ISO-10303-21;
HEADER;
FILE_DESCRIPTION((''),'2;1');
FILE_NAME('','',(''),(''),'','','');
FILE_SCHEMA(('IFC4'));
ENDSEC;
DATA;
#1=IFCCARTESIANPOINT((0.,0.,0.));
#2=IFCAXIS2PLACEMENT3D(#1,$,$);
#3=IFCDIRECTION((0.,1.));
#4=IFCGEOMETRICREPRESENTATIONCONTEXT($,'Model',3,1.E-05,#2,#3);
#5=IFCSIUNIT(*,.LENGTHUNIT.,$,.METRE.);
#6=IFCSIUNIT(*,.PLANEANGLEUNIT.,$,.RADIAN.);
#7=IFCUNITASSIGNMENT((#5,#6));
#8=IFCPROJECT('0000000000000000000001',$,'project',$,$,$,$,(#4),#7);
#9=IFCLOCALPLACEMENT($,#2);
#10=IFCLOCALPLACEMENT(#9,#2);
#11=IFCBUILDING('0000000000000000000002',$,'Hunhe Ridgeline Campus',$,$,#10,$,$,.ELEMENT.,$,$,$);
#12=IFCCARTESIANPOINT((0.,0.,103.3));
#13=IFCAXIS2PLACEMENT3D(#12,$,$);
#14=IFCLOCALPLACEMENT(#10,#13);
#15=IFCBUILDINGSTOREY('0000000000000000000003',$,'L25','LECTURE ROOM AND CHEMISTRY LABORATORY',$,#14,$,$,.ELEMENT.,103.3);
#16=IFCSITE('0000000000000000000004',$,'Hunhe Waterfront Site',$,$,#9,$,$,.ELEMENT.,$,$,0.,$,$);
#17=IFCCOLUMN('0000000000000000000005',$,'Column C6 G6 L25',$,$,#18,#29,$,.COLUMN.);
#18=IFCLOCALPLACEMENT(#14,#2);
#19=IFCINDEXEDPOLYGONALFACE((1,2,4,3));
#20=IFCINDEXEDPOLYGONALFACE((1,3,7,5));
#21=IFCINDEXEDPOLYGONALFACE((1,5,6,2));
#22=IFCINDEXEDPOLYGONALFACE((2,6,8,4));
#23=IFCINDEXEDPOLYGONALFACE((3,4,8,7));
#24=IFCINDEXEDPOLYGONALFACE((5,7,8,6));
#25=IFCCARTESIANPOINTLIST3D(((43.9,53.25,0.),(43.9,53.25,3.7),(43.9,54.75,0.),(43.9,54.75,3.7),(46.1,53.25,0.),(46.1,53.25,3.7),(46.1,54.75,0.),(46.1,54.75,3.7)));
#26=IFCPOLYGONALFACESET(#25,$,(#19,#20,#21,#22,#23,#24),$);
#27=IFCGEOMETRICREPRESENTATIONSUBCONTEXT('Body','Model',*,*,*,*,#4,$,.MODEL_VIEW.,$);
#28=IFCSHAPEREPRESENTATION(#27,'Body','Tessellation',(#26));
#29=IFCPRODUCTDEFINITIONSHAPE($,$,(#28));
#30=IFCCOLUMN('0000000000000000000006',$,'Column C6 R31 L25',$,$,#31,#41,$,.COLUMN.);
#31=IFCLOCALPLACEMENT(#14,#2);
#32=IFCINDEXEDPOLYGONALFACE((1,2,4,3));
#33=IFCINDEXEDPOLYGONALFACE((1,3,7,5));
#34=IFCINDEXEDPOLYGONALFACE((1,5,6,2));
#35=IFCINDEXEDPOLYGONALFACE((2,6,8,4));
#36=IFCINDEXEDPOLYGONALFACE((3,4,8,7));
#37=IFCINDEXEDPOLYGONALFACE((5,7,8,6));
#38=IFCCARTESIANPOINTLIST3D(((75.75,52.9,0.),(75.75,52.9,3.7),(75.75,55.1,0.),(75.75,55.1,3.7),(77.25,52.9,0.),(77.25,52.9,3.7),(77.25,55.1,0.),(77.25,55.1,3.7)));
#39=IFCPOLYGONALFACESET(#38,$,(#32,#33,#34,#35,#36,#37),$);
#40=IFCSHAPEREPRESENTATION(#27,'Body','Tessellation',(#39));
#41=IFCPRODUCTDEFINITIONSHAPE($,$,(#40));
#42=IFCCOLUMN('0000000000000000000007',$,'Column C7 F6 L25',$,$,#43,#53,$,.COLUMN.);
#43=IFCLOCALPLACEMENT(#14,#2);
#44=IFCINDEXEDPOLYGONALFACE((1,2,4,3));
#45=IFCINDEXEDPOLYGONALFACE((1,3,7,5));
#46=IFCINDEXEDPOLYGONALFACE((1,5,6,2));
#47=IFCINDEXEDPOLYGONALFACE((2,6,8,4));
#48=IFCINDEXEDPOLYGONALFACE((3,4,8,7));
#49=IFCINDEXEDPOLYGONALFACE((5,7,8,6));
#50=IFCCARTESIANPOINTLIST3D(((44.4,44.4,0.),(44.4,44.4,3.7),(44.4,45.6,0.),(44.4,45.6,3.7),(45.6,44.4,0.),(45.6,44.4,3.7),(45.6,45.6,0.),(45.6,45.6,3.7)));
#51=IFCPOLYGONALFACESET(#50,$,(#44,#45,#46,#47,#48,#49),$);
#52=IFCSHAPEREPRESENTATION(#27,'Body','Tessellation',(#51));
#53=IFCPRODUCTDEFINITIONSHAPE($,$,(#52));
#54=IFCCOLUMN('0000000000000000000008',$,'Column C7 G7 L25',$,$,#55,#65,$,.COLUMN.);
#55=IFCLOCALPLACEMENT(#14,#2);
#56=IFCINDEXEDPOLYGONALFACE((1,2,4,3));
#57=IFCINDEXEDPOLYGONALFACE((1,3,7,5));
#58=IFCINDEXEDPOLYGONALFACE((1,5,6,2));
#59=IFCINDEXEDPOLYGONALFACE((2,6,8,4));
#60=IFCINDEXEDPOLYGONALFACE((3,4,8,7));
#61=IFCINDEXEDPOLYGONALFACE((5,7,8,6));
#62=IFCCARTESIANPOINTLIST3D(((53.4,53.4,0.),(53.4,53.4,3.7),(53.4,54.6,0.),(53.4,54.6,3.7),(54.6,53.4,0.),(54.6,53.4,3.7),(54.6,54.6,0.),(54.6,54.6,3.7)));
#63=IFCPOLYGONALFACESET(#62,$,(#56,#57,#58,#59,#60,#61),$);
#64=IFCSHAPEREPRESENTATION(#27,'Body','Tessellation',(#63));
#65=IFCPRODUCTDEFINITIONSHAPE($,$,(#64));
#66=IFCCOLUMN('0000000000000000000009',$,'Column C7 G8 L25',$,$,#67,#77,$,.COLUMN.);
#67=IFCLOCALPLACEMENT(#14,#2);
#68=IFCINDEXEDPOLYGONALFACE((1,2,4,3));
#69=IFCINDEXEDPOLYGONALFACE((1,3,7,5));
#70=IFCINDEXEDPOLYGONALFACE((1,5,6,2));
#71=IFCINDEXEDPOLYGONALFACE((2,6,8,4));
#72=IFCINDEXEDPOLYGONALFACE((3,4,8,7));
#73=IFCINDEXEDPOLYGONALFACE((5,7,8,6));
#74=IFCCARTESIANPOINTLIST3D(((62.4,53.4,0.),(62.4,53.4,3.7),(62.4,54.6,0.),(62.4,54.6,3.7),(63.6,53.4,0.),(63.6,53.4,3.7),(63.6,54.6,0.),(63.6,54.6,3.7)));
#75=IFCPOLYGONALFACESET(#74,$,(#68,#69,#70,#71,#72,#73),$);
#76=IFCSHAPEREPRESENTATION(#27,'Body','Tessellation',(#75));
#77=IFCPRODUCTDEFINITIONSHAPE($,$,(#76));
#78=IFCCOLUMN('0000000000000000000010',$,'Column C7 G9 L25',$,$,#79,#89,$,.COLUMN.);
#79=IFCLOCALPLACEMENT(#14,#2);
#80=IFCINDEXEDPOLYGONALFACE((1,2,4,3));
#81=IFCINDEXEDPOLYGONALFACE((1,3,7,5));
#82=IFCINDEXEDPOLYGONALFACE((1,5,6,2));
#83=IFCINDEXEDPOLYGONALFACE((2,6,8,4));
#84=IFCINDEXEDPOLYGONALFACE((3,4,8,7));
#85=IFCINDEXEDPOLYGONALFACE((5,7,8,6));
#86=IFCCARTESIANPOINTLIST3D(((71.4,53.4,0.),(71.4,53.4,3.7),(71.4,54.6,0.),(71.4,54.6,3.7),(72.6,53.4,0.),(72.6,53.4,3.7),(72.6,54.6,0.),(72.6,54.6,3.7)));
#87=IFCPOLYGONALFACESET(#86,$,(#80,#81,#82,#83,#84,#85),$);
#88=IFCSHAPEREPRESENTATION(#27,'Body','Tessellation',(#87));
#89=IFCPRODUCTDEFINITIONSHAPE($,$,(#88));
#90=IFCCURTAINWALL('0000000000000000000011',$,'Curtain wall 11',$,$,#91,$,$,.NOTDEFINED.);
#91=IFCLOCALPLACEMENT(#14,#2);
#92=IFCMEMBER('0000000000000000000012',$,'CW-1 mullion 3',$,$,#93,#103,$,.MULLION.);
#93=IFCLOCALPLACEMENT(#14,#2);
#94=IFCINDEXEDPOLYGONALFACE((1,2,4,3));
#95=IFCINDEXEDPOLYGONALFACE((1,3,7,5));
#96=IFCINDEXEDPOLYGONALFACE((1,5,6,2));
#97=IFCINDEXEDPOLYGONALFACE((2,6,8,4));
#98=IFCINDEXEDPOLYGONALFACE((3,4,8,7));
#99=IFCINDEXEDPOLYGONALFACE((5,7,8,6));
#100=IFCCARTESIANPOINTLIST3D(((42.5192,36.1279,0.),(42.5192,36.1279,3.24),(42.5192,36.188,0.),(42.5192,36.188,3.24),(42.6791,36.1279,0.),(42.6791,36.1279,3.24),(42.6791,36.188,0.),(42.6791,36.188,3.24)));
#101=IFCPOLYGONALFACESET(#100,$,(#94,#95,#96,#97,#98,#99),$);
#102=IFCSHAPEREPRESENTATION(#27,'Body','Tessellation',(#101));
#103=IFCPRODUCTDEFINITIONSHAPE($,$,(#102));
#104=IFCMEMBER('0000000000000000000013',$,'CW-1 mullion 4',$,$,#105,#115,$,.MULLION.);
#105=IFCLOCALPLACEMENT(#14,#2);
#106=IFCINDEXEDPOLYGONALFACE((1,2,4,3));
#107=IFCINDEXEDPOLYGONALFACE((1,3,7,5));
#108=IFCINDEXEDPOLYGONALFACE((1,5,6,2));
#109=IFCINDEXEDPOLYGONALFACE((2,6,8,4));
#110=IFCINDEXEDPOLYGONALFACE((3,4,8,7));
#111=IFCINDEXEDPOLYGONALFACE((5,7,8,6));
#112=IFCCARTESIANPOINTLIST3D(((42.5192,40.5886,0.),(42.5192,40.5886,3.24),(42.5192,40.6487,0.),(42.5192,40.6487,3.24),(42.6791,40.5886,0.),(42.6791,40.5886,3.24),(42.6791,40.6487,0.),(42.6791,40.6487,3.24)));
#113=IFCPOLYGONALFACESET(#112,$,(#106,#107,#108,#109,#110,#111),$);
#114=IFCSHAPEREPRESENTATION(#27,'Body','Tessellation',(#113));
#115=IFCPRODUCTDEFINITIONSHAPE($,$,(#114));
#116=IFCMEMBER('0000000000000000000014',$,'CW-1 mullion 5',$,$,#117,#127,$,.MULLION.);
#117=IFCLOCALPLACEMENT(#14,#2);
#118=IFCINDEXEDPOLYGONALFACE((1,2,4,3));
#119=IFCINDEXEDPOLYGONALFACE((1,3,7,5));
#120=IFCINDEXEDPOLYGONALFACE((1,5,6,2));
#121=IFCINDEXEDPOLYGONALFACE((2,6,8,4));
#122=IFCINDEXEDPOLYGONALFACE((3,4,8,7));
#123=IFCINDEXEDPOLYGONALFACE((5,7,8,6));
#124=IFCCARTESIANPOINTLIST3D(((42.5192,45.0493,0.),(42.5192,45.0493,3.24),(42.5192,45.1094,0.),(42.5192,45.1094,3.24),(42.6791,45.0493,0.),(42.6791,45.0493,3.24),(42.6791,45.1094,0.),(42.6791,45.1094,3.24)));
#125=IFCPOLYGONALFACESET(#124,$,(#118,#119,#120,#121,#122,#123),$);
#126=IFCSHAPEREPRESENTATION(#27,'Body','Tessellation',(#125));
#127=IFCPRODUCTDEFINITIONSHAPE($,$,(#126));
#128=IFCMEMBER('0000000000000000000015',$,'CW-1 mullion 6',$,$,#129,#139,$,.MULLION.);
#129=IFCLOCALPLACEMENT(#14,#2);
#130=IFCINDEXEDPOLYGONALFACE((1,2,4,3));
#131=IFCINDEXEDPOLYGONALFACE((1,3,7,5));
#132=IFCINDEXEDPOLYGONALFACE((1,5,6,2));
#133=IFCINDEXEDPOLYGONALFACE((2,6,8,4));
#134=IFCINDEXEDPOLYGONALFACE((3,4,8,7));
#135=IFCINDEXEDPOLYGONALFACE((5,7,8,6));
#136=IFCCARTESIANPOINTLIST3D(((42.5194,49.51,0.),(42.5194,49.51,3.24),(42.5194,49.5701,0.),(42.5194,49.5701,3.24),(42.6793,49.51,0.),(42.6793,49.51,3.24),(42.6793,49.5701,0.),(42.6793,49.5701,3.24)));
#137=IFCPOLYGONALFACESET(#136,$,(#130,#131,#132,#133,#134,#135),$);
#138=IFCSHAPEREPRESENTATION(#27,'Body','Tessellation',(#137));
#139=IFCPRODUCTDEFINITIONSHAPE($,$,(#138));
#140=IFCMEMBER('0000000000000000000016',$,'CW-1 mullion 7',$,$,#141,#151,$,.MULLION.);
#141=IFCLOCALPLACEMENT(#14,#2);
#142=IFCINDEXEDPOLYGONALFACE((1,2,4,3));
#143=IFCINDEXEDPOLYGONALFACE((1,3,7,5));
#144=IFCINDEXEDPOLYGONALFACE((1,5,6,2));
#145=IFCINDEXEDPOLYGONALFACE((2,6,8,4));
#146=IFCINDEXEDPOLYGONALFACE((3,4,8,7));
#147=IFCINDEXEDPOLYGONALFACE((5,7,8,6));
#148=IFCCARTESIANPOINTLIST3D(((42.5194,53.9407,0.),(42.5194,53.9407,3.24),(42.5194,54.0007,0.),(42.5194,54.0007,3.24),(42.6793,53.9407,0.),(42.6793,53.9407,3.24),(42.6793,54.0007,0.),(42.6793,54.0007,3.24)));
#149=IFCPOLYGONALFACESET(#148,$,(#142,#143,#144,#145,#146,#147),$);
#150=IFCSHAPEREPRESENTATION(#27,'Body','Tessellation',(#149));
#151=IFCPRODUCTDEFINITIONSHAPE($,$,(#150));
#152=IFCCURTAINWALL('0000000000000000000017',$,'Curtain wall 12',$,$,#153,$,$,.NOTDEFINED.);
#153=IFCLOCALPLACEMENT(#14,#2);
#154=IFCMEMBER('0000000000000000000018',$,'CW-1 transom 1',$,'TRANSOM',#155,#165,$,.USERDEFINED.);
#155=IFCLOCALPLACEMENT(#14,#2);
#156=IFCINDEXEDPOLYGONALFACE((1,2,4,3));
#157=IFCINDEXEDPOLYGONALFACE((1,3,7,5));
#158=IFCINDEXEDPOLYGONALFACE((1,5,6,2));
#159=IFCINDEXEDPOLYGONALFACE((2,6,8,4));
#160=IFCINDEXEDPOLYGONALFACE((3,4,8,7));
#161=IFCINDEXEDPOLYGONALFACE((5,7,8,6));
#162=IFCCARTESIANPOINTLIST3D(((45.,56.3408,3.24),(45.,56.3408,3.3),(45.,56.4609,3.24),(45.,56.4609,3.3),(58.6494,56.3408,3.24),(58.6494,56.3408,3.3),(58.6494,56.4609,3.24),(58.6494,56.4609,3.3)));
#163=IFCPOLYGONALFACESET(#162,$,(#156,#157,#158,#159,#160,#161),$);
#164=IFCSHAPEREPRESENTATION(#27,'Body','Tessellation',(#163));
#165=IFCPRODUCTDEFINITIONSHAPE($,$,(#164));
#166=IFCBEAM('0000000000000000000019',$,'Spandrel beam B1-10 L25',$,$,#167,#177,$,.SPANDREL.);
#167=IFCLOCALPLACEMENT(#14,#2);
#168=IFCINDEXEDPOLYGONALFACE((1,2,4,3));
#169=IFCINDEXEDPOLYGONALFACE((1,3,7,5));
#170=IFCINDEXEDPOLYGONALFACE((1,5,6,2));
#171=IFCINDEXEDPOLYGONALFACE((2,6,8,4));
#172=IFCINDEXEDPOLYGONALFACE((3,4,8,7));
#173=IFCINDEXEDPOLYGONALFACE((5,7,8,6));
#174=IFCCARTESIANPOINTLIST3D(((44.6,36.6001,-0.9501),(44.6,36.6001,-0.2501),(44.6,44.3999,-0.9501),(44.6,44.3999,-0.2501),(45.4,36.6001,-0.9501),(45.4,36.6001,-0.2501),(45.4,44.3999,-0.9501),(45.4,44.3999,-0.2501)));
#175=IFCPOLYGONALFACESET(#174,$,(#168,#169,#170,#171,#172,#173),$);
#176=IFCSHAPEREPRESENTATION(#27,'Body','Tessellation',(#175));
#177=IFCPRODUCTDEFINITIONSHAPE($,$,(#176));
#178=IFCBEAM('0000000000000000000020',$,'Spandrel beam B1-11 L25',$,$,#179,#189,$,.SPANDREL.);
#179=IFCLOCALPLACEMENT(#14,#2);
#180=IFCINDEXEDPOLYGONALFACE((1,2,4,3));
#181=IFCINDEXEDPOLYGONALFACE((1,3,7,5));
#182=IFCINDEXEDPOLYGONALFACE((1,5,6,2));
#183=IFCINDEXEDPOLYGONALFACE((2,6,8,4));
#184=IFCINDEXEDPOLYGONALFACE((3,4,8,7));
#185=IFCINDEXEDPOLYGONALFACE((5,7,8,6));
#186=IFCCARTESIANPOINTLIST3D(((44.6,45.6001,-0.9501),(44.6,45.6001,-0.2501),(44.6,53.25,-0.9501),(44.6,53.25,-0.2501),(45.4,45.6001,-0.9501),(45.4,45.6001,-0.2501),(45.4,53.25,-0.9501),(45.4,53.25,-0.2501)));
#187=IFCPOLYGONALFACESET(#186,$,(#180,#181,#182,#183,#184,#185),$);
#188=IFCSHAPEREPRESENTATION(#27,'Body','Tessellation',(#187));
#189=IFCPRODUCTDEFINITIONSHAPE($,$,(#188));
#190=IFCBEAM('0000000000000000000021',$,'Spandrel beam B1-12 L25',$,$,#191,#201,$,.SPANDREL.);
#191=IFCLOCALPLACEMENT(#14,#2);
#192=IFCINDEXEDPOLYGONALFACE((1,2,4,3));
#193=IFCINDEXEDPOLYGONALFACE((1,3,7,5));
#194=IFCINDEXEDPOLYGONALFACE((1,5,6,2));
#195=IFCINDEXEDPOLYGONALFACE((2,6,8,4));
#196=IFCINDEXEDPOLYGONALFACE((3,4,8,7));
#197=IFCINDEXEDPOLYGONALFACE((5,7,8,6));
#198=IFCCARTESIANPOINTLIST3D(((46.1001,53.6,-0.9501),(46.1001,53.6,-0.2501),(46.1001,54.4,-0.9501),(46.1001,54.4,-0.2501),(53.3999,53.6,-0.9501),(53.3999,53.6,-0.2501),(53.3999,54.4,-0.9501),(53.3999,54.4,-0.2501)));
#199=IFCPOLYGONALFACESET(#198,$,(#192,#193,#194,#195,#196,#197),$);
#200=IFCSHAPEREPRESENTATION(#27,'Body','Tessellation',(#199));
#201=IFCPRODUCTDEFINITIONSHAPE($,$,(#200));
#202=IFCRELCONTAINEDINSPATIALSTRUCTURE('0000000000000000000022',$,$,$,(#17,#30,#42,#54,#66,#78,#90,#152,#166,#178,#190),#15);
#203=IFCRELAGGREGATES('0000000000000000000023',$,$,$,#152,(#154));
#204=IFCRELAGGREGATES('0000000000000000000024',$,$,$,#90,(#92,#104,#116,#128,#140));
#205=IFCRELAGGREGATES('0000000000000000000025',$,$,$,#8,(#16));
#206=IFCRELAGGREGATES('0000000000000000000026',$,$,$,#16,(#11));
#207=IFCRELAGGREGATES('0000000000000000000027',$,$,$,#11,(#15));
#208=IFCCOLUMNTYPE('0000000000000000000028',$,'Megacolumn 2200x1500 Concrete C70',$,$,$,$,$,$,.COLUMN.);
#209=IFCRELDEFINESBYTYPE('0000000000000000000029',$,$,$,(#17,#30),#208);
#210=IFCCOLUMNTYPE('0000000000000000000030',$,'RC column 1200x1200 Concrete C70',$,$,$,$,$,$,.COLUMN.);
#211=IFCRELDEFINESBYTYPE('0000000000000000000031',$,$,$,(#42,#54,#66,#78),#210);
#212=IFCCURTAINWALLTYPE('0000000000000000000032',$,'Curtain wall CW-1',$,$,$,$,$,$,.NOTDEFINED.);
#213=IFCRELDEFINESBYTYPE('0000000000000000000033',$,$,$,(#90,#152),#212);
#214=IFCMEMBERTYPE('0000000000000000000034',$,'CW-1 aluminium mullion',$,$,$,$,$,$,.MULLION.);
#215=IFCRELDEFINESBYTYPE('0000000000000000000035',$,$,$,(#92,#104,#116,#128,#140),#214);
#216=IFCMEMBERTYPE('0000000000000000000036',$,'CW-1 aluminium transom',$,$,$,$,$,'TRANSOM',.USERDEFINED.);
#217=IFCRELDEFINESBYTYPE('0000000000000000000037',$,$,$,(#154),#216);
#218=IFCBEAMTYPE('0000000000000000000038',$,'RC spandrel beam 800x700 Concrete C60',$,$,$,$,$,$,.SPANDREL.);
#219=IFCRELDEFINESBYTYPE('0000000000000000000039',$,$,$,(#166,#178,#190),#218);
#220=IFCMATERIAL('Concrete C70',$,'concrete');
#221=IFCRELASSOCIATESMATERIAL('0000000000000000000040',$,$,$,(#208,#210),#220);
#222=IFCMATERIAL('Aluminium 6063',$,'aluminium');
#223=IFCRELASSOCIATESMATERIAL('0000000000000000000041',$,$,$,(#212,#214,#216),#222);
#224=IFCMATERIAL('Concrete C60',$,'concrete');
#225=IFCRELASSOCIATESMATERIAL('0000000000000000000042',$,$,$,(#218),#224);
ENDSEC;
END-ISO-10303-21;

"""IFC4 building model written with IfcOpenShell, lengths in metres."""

from ifc_helpers import new_model, si_unit, direction, frame, origin, origin_2d, place, context, subcontext, project, spatial, rectangle, extrude, material, material_profile, profile_set, type_object, element, aggregate, save


model = new_model("IFC4")

# Units and contexts
model_context = context("Model", 3, precision=1e-05, world=origin(), true_north=direction((0.0, 1.0)))
body_context = subcontext(model_context, "Body", "Model", "MODEL_VIEW")
ifc_project = project(units=[si_unit("LENGTHUNIT", "METRE"), si_unit("PLANEANGLEUNIT", "RADIAN")], contexts=[model_context])

# Site, building, storey
site_placement = place(None, origin())
site = spatial("IfcSite", under=ifc_project, at=site_placement, Name="Hunhe Waterfront Site", CompositionType="ELEMENT", RefElevation=0.0)
building_placement = place(site_placement, origin())
building = spatial("IfcBuilding", under=site, at=building_placement, Name="Hunhe Ridgeline Campus", CompositionType="ELEMENT")
storey_placement = place(building_placement, frame((0.0, 0.0, 103.3)))
storey = spatial("IfcBuildingStorey", under=building, at=storey_placement, Name="L25", Description="LECTURE ROOM AND CHEMISTRY LABORATORY", CompositionType="ELEMENT", Elevation=103.3)

# Columns
ifc_material_1 = material(Name="Concrete C70", Category="concrete")
ifc_material_profile_1 = material_profile(ifc_material_1, rectangle(XDim=2.2, YDim=1.5, at=origin_2d()))
ifc_profile_set_1 = profile_set([ifc_material_profile_1], Name="Concrete C70")
column_type_1 = type_object("IfcColumnType", Name="Megacolumn 2200x1500 Concrete C70", PredefinedType="COLUMN", material=ifc_profile_set_1)
for number, where, z_axis, x_axis, name in (
    (1, (45.0, 54.0, 0.0), (0.0, 0.0, 1.0), (1.0, 0.0, 0.0), "Column C6 G6 L25"),
    (2, (76.5, 54.0, 0.0), (0.0, 0.0, 1.0), (0.0, 1.0, 0.0), "Column C6 R31 L25"),
):
    element("IfcColumn", number, at=place(storey_placement, frame(where, z_axis=z_axis, x_axis=x_axis)), inside=storey, type_object=column_type_1, Name=name, PredefinedType="COLUMN", context=body_context, shape_type="SweptSolid", body=[
        extrude(rectangle(XDim=2.2, YDim=1.5, at=origin_2d()), origin(), (0.0, 0.0, 1.0), 3.7),
    ])
ifc_material_profile_2 = material_profile(ifc_material_1, rectangle(XDim=1.2, YDim=1.2, at=origin_2d()))
ifc_profile_set_2 = profile_set([ifc_material_profile_2], Name="Concrete C70")
column_type_2 = type_object("IfcColumnType", Name="RC column 1200x1200 Concrete C70", PredefinedType="COLUMN", material=ifc_profile_set_2)
for number, where, z_axis, x_axis, name in (
    (3, (45.0, 45.0, 0.0), (0.0, 0.0, 1.0), (1.0, 0.0, 0.0), "Column C7 F6 L25"),
    (4, (54.0, 54.0, 0.0), (0.0, 0.0, 1.0), (1.0, 0.0, 0.0), "Column C7 G7 L25"),
    (5, (63.0, 54.0, 0.0), (0.0, 0.0, 1.0), (1.0, 0.0, 0.0), "Column C7 G8 L25"),
    (6, (72.0, 54.0, 0.0), (0.0, 0.0, 1.0), (1.0, 0.0, 0.0), "Column C7 G9 L25"),
):
    element("IfcColumn", number, at=place(storey_placement, frame(where, z_axis=z_axis, x_axis=x_axis)), inside=storey, type_object=column_type_2, Name=name, PredefinedType="COLUMN", context=body_context, shape_type="SweptSolid", body=[
        extrude(rectangle(XDim=1.2, YDim=1.2, at=origin_2d()), origin(), (0.0, 0.0, 1.0), 3.7),
    ])

# Curtain wall, members
ifc_material_2 = material(Name="Aluminium 6063", Category="aluminium")
curtain_wall_type = type_object("IfcCurtainWallType", Name="Curtain wall CW-1", PredefinedType="NOTDEFINED", material=ifc_material_2)
curtain_wall_1_placement = place(storey_placement, origin())
curtain_wall_1 = element("IfcCurtainWall", 7, at=curtain_wall_1_placement, inside=storey, type_object=curtain_wall_type, Name="Curtain wall 11", PredefinedType="NOTDEFINED")
ifc_material_profile_3 = material_profile(ifc_material_2, rectangle(XDim=0.1599, YDim=0.0601, at=origin_2d()))
ifc_profile_set_3 = profile_set([ifc_material_profile_3], Name="Aluminium 6063")
member_type_1 = type_object("IfcMemberType", Name="CW-1 aluminium mullion", PredefinedType="MULLION", material=ifc_profile_set_3)
member_1_placement = place(storey_placement, frame((42.5991, 36.158, 0.0), z_axis=(0.0, 0.0, 1.0), x_axis=(-1.0, 0.000011, 0.0)))
member_1 = element("IfcMember", 8, at=member_1_placement, type_object=member_type_1, Name="CW-1 mullion 3", PredefinedType="MULLION", context=body_context, shape_type="SweptSolid", body=[
    extrude(rectangle(XDim=0.1599, YDim=0.0601, at=origin_2d()), origin(), (0.0, 0.0, 1.0), 3.24),
])
member_2_placement = place(storey_placement, frame((42.5991, 40.6187, 0.0), z_axis=(0.0, 0.0, 1.0), x_axis=(-1.0, 0.000011, 0.0)))
member_2 = element("IfcMember", 9, at=member_2_placement, type_object=member_type_1, Name="CW-1 mullion 4", PredefinedType="MULLION", context=body_context, shape_type="SweptSolid", body=[
    extrude(rectangle(XDim=0.1599, YDim=0.0601, at=origin_2d()), origin(), (0.0, 0.0, 1.0), 3.24),
])
member_3_placement = place(storey_placement, frame((42.5991, 45.0793, 0.0), z_axis=(0.0, 0.0, 1.0), x_axis=(-1.0, 0.000011, 0.0)))
member_3 = element("IfcMember", 10, at=member_3_placement, type_object=member_type_1, Name="CW-1 mullion 5", PredefinedType="MULLION", context=body_context, shape_type="SweptSolid", body=[
    extrude(rectangle(XDim=0.1599, YDim=0.0601, at=origin_2d()), origin(), (0.0, 0.0, 1.0), 3.24),
])
member_4_placement = place(storey_placement, frame((42.5994, 49.54, 0.0), z_axis=(0.0, 0.0, 1.0), x_axis=(-1.0, 0.000011, 0.0)))
member_4 = element("IfcMember", 11, at=member_4_placement, type_object=member_type_1, Name="CW-1 mullion 6", PredefinedType="MULLION", context=body_context, shape_type="SweptSolid", body=[
    extrude(rectangle(XDim=0.1599, YDim=0.0601, at=origin_2d()), origin(), (0.0, 0.0, 1.0), 3.24),
])
member_5_placement = place(storey_placement, frame((42.5994, 53.9707, 0.0), z_axis=(0.0, 0.0, 1.0), x_axis=(-1.0, 0.000011, 0.0)))
member_5 = element("IfcMember", 12, at=member_5_placement, type_object=member_type_1, Name="CW-1 mullion 7", PredefinedType="MULLION", context=body_context, shape_type="SweptSolid", body=[
    extrude(rectangle(XDim=0.1599, YDim=0.0601, at=origin_2d()), origin(), (0.0, 0.0, 1.0), 3.24),
])

# Curtain wall, member
curtain_wall_2_placement = place(storey_placement, origin())
curtain_wall_2 = element("IfcCurtainWall", 13, at=curtain_wall_2_placement, inside=storey, type_object=curtain_wall_type, Name="Curtain wall 12", PredefinedType="NOTDEFINED")
ifc_material_profile_4 = material_profile(ifc_material_2, rectangle(XDim=0.1201, YDim=0.0601, at=origin_2d()))
ifc_profile_set_4 = profile_set([ifc_material_profile_4], Name="Aluminium 6063")
member_type_2 = type_object("IfcMemberType", Name="CW-1 aluminium transom", ElementType="TRANSOM", PredefinedType="USERDEFINED", material=ifc_profile_set_4)
member_6_placement = place(storey_placement, frame((45.0, 56.4009, 3.27), z_axis=(1.0, 0.0, 0.0), x_axis=(0.0, 1.0, 0.0)))
member_6 = element("IfcMember", 14, at=member_6_placement, type_object=member_type_2, Name="CW-1 transom 1", ObjectType="TRANSOM", PredefinedType="USERDEFINED", context=body_context, shape_type="SweptSolid", body=[
    extrude(rectangle(XDim=0.1201, YDim=0.0601, at=origin_2d()), origin(), (0.0, 0.0, 1.0), 13.6494),
])
aggregate(curtain_wall_2, [member_6])

# Beams
ifc_material_3 = material(Name="Concrete C60", Category="concrete")
ifc_material_profile_5 = material_profile(ifc_material_3, rectangle(XDim=0.8, YDim=0.7, at=origin_2d()))
ifc_profile_set_5 = profile_set([ifc_material_profile_5], Name="Concrete C60")
beam_type = type_object("IfcBeamType", Name="RC spandrel beam 800x700 Concrete C60", PredefinedType="SPANDREL", material=ifc_profile_set_5)
beam_1_placement = place(storey_placement, frame((45.0, 36.6001, -0.6001), z_axis=(0.0, 1.0, 0.0), x_axis=(-1.0, 0.0, 0.0)))
element("IfcBeam", 15, at=beam_1_placement, inside=storey, type_object=beam_type, Name="Spandrel beam B1-10 L25", PredefinedType="SPANDREL", context=body_context, shape_type="SweptSolid", body=[
    extrude(rectangle(XDim=0.8, YDim=0.7, at=origin_2d()), origin(), (0.0, 0.0, 1.0), 7.7998),
])
beam_2_placement = place(storey_placement, frame((45.0, 45.6001, -0.6001), z_axis=(0.0, 1.0, 0.0), x_axis=(-1.0, 0.0, 0.0)))
element("IfcBeam", 16, at=beam_2_placement, inside=storey, type_object=beam_type, Name="Spandrel beam B1-11 L25", PredefinedType="SPANDREL", context=body_context, shape_type="SweptSolid", body=[
    extrude(rectangle(XDim=0.8, YDim=0.7, at=origin_2d()), origin(), (0.0, 0.0, 1.0), 7.6499),
])
beam_3_placement = place(storey_placement, frame((46.1001, 54.0, -0.6001), z_axis=(1.0, 0.0, 0.0), x_axis=(0.0, 1.0, 0.0)))
element("IfcBeam", 17, at=beam_3_placement, inside=storey, type_object=beam_type, Name="Spandrel beam B1-12 L25", PredefinedType="SPANDREL", context=body_context, shape_type="SweptSolid", body=[
    extrude(rectangle(XDim=0.8, YDim=0.7, at=origin_2d()), origin(), (0.0, 0.0, 1.0), 7.2998),
])

aggregate(curtain_wall_1, [member_1, member_2, member_3, member_4, member_5])

save(model, "model.ifc")
